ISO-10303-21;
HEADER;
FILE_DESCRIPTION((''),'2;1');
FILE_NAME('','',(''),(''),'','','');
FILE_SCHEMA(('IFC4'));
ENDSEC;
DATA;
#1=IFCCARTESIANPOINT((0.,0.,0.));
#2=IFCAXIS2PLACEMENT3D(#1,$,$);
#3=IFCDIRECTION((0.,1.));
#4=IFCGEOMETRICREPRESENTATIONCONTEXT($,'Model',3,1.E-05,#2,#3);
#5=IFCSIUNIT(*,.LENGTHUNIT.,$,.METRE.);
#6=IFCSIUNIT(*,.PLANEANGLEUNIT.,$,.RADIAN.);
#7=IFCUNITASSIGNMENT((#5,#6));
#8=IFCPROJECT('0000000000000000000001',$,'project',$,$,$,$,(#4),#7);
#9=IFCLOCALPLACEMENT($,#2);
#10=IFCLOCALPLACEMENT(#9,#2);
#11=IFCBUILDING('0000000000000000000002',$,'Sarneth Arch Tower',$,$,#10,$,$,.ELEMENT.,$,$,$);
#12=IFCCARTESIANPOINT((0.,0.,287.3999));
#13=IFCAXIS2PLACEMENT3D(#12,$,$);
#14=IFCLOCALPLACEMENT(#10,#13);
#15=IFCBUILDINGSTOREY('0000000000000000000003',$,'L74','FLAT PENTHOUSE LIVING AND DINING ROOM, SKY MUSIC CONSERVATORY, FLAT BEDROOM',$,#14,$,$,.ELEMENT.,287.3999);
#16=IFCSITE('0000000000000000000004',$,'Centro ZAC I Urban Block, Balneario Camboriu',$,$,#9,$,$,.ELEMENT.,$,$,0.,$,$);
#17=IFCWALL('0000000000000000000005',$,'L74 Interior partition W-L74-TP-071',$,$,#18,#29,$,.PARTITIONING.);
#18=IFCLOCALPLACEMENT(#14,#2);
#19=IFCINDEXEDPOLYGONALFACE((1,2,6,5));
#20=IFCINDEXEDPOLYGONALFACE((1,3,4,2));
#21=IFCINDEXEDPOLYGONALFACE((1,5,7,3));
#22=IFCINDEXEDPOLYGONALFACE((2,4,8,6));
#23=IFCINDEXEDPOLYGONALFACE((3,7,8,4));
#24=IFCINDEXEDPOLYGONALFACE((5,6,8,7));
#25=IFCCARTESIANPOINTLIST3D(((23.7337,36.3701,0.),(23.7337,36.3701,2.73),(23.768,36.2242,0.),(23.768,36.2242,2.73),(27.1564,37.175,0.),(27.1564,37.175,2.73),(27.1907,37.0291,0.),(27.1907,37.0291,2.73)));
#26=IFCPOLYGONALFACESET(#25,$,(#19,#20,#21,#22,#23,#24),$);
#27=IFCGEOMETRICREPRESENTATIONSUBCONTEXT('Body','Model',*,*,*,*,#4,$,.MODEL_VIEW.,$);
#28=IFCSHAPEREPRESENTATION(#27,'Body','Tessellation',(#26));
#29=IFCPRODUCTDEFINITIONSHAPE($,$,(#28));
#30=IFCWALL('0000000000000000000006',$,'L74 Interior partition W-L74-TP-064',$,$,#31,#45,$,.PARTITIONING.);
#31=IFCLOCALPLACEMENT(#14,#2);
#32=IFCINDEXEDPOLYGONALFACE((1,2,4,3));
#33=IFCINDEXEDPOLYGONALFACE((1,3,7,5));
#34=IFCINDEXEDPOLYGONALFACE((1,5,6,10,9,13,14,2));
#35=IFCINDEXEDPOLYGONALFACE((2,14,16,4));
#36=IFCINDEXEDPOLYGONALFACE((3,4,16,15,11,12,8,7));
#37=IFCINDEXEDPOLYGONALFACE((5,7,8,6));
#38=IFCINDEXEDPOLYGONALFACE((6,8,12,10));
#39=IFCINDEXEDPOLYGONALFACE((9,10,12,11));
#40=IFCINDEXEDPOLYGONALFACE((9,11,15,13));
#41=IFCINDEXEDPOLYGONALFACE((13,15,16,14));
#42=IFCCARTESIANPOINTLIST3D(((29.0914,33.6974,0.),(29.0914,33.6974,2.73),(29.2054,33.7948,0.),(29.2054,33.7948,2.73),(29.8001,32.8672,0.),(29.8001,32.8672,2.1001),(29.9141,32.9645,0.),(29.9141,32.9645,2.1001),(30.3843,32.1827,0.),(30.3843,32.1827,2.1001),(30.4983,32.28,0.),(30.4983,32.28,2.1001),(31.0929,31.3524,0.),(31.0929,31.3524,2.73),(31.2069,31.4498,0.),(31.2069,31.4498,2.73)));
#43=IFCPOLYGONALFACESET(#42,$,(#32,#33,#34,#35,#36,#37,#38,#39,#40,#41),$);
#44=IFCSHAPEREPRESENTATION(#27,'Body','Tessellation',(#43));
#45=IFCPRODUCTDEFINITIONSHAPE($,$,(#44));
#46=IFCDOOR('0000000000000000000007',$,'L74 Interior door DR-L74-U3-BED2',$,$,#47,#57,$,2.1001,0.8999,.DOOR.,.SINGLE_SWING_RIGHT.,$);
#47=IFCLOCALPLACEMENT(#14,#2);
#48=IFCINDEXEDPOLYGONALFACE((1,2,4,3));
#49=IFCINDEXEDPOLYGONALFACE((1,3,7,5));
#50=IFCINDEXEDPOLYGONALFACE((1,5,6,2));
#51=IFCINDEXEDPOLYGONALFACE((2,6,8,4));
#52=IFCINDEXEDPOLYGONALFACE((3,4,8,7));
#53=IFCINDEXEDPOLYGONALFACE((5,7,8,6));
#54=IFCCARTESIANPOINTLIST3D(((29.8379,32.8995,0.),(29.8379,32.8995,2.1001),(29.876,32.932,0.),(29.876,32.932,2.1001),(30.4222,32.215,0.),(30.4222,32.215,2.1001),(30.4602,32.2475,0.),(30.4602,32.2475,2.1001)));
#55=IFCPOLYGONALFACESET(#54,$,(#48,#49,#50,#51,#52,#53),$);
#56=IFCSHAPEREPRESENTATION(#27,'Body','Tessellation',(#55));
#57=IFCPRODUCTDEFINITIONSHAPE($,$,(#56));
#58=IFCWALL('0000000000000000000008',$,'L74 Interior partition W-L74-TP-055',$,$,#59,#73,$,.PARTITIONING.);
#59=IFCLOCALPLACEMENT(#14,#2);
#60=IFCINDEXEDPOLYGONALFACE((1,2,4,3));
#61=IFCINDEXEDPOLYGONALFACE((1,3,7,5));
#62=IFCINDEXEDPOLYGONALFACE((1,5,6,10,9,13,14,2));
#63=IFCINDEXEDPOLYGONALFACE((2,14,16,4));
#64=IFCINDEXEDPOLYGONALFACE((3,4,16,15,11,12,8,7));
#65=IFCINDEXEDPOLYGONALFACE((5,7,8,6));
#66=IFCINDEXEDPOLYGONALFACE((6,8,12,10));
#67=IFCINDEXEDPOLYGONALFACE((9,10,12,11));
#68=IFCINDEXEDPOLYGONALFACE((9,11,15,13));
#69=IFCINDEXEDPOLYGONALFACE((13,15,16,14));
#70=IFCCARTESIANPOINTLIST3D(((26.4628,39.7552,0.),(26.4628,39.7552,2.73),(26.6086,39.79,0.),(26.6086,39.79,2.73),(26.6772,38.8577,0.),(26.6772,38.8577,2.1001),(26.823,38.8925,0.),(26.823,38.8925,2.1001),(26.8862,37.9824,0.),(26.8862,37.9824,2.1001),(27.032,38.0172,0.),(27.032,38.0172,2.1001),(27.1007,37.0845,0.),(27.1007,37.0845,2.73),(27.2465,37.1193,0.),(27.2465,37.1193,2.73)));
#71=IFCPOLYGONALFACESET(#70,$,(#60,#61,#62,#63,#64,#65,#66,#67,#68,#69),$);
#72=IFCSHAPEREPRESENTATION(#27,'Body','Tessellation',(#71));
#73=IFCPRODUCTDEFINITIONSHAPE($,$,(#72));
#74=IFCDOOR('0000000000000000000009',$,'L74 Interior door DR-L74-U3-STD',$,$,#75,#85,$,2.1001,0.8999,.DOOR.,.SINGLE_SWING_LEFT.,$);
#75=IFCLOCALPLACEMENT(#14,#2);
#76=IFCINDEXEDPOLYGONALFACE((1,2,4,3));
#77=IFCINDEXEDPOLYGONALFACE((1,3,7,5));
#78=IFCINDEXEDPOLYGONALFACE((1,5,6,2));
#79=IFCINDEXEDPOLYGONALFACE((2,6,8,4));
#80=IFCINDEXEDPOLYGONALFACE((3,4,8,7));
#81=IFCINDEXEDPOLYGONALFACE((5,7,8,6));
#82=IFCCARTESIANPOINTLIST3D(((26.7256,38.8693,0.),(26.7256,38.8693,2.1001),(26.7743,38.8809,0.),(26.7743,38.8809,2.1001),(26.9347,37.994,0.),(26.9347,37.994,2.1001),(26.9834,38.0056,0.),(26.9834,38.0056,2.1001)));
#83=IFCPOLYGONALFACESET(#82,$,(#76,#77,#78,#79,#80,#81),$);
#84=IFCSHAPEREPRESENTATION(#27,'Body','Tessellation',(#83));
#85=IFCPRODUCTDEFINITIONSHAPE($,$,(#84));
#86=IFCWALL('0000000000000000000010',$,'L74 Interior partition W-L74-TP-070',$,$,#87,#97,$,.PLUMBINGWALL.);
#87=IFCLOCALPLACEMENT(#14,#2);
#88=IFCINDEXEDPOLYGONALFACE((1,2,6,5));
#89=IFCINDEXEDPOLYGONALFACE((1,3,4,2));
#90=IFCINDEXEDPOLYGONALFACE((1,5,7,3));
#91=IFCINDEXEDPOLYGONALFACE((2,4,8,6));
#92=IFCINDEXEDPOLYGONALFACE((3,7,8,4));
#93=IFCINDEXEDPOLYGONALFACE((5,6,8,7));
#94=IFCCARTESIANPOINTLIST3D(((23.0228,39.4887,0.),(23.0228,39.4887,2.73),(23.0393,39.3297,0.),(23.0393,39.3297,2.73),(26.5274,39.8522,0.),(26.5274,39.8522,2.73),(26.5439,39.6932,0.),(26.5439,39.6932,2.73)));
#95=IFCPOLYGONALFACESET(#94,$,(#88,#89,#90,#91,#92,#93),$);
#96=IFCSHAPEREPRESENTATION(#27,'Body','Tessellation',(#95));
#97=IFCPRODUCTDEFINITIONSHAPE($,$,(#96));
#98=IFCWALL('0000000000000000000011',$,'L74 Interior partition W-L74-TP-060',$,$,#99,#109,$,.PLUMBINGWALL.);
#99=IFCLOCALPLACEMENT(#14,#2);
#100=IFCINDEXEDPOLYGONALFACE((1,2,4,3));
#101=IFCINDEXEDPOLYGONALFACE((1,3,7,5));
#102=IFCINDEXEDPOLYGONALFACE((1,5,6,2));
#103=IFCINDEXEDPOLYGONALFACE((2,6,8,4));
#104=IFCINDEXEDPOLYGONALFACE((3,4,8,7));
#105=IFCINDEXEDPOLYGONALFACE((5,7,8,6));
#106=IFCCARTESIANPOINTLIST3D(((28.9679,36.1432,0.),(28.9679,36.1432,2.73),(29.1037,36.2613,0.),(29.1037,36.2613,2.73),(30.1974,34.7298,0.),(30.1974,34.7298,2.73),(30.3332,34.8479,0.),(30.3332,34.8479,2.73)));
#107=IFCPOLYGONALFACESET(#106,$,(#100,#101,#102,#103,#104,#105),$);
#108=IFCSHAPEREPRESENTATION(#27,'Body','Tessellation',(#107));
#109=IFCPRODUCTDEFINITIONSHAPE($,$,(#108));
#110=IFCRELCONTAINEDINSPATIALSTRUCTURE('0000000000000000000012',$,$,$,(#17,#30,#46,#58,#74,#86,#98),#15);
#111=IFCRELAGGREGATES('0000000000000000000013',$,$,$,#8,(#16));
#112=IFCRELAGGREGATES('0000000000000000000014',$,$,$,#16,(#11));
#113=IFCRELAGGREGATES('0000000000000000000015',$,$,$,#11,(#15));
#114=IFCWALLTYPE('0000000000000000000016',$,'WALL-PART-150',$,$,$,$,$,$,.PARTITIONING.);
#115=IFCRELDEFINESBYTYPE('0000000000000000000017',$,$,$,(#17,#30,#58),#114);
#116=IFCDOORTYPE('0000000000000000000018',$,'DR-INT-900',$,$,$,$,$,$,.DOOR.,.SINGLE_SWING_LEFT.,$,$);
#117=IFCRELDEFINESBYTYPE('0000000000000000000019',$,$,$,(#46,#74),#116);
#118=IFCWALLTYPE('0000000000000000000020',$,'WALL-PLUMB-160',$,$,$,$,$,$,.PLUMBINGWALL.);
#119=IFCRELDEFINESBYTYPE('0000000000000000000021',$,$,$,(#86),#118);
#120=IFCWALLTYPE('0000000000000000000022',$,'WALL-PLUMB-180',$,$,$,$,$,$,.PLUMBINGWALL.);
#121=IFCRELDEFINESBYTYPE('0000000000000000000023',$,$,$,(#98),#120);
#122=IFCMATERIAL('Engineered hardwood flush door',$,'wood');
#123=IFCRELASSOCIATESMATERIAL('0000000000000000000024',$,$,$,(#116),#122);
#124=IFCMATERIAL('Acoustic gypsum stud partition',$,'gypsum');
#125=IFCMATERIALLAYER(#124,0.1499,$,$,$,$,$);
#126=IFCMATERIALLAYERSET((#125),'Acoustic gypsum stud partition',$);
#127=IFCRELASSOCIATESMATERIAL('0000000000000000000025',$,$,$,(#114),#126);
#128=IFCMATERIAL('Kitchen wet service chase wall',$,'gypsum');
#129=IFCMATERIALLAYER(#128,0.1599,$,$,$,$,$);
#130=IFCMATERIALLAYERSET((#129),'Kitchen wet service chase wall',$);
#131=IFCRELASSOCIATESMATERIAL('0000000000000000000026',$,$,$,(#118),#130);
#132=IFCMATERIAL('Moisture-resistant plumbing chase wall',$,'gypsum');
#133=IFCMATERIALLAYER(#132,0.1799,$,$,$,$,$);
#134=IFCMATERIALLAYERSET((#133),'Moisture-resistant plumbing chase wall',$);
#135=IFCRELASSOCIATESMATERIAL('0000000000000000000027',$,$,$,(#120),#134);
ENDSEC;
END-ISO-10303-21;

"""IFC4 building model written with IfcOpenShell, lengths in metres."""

from ifc_helpers import new_model, si_unit, direction, frame, frame_2d, origin, place, context, subcontext, project, spatial, rectangle, extrude, material, layer, layer_set, type_object, element, fill, save


model = new_model("IFC4")

# Units and contexts
model_context = context("Model", 3, precision=1e-05, world=origin(), true_north=direction((0.0, 1.0)))
body_context = subcontext(model_context, "Body", "Model", "MODEL_VIEW")
ifc_project = project(units=[si_unit("LENGTHUNIT", "METRE"), si_unit("PLANEANGLEUNIT", "RADIAN")], contexts=[model_context])

# Site, building, storey
site_placement = place(None, origin())
site = spatial("IfcSite", under=ifc_project, at=site_placement, Name="Centro ZAC I Urban Block, Balneario Camboriu", CompositionType="ELEMENT", RefElevation=0.0)
building_placement = place(site_placement, origin())
building = spatial("IfcBuilding", under=site, at=building_placement, Name="Sarneth Arch Tower", CompositionType="ELEMENT")
storey_placement = place(building_placement, frame((0.0, 0.0, 287.3999)))
storey = spatial("IfcBuildingStorey", under=building, at=storey_placement, Name="L74", Description="FLAT PENTHOUSE LIVING AND DINING ROOM, SKY MUSIC CONSERVATORY, FLAT BEDROOM", CompositionType="ELEMENT", Elevation=287.3999)

# Shared definitions
ifc_material_1 = material(Name="Engineered hardwood flush door", Category="wood")
door_type = type_object("IfcDoorType", Name="DR-INT-900", OperationType="SINGLE_SWING_LEFT", PredefinedType="DOOR", material=ifc_material_1)

# Wall
ifc_material_2 = material(Name="Acoustic gypsum stud partition", Category="gypsum")
ifc_layer_1 = layer(ifc_material_2, 0.1499)
ifc_layer_set_1 = layer_set([ifc_layer_1], Name="Acoustic gypsum stud partition")
wall_type_1 = type_object("IfcWallType", Name="WALL-PART-150", PredefinedType="PARTITIONING", material=ifc_layer_set_1)
wall_1_placement = place(storey_placement, frame((27.1736, 37.1021, 0.0), z_axis=(0.0, 0.0, 1.0), x_axis=(-0.973445, -0.228919, 0.0)))
element("IfcWall", 1, at=wall_1_placement, inside=storey, type_object=wall_type_1, Name="L74 Interior partition W-L74-TP-071", PredefinedType="PARTITIONING", context=body_context, shape_type="SweptSolid", body=[
    extrude(rectangle(XDim=3.5161, YDim=0.1499, at=frame_2d((1.7581, 0.0))), origin(), (0.0, 0.0, 1.0), 2.73),
])

# Walls, openings, doors
wall_2_placement = place(storey_placement, frame((29.1484, 33.7461, 0.0), z_axis=(0.0, 0.0, 1.0), x_axis=(0.649199, -0.760619, 0.0)))
wall_2 = element("IfcWall", 2, at=wall_2_placement, inside=storey, type_object=wall_type_1, Name="L74 Interior partition W-L74-TP-064", PredefinedType="PARTITIONING", context=body_context, shape_type="SweptSolid", body=[
    extrude(rectangle(XDim=3.083, YDim=0.1499, at=frame_2d((1.5415, 0.0))), origin(), (0.0, 0.0, 1.0), 2.73),
])
opening_1_placement = place(wall_2_placement, frame((1.0916, 0.0, 0.0)))
opening_1 = element("IfcOpeningElement", 3, at=opening_1_placement, cuts=wall_2, PredefinedType="OPENING", context=body_context, shape_type="SweptSolid", body=[
    extrude(rectangle(XDim=0.8999, YDim=2.1001, at=frame_2d((0.45, 1.05))), frame((0.0, 0.085, 0.0), z_axis=(0.0, -1.0, 0.0), x_axis=(1.0, 0.0, 0.0)), (0.0, 0.0, 1.0), 0.1699),
])
door_1_placement = place(opening_1_placement, origin())
door_1 = element("IfcDoor", 4, at=door_1_placement, inside=storey, type_object=door_type, Name="L74 Interior door DR-L74-U3-BED2", OperationType="SINGLE_SWING_RIGHT", OverallHeight=2.1001, OverallWidth=0.8999, PredefinedType="DOOR", context=body_context, shape_type="SweptSolid", body=[
    extrude(rectangle(XDim=0.8999, YDim=2.1001, at=frame_2d((0.45, 1.05))), frame((0.0, 0.0249, 0.0), z_axis=(0.0, -1.0, 0.0), x_axis=(1.0, 0.0, 0.0)), (0.0, 0.0, 1.0), 0.05),
])
fill(opening_1, door_1)
wall_3_placement = place(storey_placement, frame((26.5356, 39.7727, 0.0), z_axis=(0.0, 0.0, 1.0), x_axis=(0.232334, -0.972636, 0.0)))
wall_3 = element("IfcWall", 5, at=wall_3_placement, inside=storey, type_object=wall_type_1, Name="L74 Interior partition W-L74-TP-055", PredefinedType="PARTITIONING", context=body_context, shape_type="SweptSolid", body=[
    extrude(rectangle(XDim=2.7458, YDim=0.1499, at=frame_2d((1.373, 0.0))), origin(), (0.0, 0.0, 1.0), 2.73),
])
opening_2_placement = place(wall_3_placement, frame((0.9229, 0.0, 0.0)))
opening_2 = element("IfcOpeningElement", 6, at=opening_2_placement, cuts=wall_3, PredefinedType="OPENING", context=body_context, shape_type="SweptSolid", body=[
    extrude(rectangle(XDim=0.8999, YDim=2.1001, at=frame_2d((0.45, 1.05))), frame((0.0, 0.085, 0.0), z_axis=(0.0, -1.0, 0.0), x_axis=(1.0, 0.0, 0.0)), (0.0, 0.0, 1.0), 0.1699),
])
door_2_placement = place(opening_2_placement, origin())
door_2 = element("IfcDoor", 7, at=door_2_placement, inside=storey, type_object=door_type, Name="L74 Interior door DR-L74-U3-STD", OperationType="SINGLE_SWING_LEFT", OverallHeight=2.1001, OverallWidth=0.8999, PredefinedType="DOOR", context=body_context, shape_type="SweptSolid", body=[
    extrude(rectangle(XDim=0.8999, YDim=2.1001, at=frame_2d((0.45, 1.05))), frame((0.0, 0.0249, 0.0), z_axis=(0.0, -1.0, 0.0), x_axis=(1.0, 0.0, 0.0)), (0.0, 0.0, 1.0), 0.05),
])
fill(opening_2, door_2)

# Walls
ifc_material_3 = material(Name="Kitchen wet service chase wall", Category="gypsum")
ifc_layer_2 = layer(ifc_material_3, 0.1599)
ifc_layer_set_2 = layer_set([ifc_layer_2], Name="Kitchen wet service chase wall")
wall_type_2 = type_object("IfcWallType", Name="WALL-PLUMB-160", PredefinedType="PLUMBINGWALL", material=ifc_layer_set_2)
wall_4_placement = place(storey_placement, frame((26.5356, 39.7727, 0.0), z_axis=(0.0, 0.0, 1.0), x_axis=(-0.994663, -0.103173, 0.0)))
element("IfcWall", 8, at=wall_4_placement, inside=storey, type_object=wall_type_2, Name="L74 Interior partition W-L74-TP-070", PredefinedType="PLUMBINGWALL", context=body_context, shape_type="SweptSolid", body=[
    extrude(rectangle(XDim=3.5234, YDim=0.1599, at=frame_2d((1.7617, 0.0))), origin(), (0.0, 0.0, 1.0), 2.73),
])
ifc_material_4 = material(Name="Moisture-resistant plumbing chase wall", Category="gypsum")
ifc_layer_3 = layer(ifc_material_4, 0.1799)
ifc_layer_set_3 = layer_set([ifc_layer_3], Name="Moisture-resistant plumbing chase wall")
wall_type_3 = type_object("IfcWallType", Name="WALL-PLUMB-180", PredefinedType="PLUMBINGWALL", material=ifc_layer_set_3)
wall_5_placement = place(storey_placement, frame((29.0359, 36.2021, 0.0), z_axis=(0.0, 0.0, 1.0), x_axis=(0.656334, -0.754471, 0.0)))
element("IfcWall", 9, at=wall_5_placement, inside=storey, type_object=wall_type_3, Name="L74 Interior partition W-L74-TP-060", PredefinedType="PLUMBINGWALL", context=body_context, shape_type="SweptSolid", body=[
    extrude(rectangle(XDim=1.8733, YDim=0.1799, at=frame_2d((0.9365, 0.0))), origin(), (0.0, 0.0, 1.0), 2.73),
])

save(model, "model.ifc")
